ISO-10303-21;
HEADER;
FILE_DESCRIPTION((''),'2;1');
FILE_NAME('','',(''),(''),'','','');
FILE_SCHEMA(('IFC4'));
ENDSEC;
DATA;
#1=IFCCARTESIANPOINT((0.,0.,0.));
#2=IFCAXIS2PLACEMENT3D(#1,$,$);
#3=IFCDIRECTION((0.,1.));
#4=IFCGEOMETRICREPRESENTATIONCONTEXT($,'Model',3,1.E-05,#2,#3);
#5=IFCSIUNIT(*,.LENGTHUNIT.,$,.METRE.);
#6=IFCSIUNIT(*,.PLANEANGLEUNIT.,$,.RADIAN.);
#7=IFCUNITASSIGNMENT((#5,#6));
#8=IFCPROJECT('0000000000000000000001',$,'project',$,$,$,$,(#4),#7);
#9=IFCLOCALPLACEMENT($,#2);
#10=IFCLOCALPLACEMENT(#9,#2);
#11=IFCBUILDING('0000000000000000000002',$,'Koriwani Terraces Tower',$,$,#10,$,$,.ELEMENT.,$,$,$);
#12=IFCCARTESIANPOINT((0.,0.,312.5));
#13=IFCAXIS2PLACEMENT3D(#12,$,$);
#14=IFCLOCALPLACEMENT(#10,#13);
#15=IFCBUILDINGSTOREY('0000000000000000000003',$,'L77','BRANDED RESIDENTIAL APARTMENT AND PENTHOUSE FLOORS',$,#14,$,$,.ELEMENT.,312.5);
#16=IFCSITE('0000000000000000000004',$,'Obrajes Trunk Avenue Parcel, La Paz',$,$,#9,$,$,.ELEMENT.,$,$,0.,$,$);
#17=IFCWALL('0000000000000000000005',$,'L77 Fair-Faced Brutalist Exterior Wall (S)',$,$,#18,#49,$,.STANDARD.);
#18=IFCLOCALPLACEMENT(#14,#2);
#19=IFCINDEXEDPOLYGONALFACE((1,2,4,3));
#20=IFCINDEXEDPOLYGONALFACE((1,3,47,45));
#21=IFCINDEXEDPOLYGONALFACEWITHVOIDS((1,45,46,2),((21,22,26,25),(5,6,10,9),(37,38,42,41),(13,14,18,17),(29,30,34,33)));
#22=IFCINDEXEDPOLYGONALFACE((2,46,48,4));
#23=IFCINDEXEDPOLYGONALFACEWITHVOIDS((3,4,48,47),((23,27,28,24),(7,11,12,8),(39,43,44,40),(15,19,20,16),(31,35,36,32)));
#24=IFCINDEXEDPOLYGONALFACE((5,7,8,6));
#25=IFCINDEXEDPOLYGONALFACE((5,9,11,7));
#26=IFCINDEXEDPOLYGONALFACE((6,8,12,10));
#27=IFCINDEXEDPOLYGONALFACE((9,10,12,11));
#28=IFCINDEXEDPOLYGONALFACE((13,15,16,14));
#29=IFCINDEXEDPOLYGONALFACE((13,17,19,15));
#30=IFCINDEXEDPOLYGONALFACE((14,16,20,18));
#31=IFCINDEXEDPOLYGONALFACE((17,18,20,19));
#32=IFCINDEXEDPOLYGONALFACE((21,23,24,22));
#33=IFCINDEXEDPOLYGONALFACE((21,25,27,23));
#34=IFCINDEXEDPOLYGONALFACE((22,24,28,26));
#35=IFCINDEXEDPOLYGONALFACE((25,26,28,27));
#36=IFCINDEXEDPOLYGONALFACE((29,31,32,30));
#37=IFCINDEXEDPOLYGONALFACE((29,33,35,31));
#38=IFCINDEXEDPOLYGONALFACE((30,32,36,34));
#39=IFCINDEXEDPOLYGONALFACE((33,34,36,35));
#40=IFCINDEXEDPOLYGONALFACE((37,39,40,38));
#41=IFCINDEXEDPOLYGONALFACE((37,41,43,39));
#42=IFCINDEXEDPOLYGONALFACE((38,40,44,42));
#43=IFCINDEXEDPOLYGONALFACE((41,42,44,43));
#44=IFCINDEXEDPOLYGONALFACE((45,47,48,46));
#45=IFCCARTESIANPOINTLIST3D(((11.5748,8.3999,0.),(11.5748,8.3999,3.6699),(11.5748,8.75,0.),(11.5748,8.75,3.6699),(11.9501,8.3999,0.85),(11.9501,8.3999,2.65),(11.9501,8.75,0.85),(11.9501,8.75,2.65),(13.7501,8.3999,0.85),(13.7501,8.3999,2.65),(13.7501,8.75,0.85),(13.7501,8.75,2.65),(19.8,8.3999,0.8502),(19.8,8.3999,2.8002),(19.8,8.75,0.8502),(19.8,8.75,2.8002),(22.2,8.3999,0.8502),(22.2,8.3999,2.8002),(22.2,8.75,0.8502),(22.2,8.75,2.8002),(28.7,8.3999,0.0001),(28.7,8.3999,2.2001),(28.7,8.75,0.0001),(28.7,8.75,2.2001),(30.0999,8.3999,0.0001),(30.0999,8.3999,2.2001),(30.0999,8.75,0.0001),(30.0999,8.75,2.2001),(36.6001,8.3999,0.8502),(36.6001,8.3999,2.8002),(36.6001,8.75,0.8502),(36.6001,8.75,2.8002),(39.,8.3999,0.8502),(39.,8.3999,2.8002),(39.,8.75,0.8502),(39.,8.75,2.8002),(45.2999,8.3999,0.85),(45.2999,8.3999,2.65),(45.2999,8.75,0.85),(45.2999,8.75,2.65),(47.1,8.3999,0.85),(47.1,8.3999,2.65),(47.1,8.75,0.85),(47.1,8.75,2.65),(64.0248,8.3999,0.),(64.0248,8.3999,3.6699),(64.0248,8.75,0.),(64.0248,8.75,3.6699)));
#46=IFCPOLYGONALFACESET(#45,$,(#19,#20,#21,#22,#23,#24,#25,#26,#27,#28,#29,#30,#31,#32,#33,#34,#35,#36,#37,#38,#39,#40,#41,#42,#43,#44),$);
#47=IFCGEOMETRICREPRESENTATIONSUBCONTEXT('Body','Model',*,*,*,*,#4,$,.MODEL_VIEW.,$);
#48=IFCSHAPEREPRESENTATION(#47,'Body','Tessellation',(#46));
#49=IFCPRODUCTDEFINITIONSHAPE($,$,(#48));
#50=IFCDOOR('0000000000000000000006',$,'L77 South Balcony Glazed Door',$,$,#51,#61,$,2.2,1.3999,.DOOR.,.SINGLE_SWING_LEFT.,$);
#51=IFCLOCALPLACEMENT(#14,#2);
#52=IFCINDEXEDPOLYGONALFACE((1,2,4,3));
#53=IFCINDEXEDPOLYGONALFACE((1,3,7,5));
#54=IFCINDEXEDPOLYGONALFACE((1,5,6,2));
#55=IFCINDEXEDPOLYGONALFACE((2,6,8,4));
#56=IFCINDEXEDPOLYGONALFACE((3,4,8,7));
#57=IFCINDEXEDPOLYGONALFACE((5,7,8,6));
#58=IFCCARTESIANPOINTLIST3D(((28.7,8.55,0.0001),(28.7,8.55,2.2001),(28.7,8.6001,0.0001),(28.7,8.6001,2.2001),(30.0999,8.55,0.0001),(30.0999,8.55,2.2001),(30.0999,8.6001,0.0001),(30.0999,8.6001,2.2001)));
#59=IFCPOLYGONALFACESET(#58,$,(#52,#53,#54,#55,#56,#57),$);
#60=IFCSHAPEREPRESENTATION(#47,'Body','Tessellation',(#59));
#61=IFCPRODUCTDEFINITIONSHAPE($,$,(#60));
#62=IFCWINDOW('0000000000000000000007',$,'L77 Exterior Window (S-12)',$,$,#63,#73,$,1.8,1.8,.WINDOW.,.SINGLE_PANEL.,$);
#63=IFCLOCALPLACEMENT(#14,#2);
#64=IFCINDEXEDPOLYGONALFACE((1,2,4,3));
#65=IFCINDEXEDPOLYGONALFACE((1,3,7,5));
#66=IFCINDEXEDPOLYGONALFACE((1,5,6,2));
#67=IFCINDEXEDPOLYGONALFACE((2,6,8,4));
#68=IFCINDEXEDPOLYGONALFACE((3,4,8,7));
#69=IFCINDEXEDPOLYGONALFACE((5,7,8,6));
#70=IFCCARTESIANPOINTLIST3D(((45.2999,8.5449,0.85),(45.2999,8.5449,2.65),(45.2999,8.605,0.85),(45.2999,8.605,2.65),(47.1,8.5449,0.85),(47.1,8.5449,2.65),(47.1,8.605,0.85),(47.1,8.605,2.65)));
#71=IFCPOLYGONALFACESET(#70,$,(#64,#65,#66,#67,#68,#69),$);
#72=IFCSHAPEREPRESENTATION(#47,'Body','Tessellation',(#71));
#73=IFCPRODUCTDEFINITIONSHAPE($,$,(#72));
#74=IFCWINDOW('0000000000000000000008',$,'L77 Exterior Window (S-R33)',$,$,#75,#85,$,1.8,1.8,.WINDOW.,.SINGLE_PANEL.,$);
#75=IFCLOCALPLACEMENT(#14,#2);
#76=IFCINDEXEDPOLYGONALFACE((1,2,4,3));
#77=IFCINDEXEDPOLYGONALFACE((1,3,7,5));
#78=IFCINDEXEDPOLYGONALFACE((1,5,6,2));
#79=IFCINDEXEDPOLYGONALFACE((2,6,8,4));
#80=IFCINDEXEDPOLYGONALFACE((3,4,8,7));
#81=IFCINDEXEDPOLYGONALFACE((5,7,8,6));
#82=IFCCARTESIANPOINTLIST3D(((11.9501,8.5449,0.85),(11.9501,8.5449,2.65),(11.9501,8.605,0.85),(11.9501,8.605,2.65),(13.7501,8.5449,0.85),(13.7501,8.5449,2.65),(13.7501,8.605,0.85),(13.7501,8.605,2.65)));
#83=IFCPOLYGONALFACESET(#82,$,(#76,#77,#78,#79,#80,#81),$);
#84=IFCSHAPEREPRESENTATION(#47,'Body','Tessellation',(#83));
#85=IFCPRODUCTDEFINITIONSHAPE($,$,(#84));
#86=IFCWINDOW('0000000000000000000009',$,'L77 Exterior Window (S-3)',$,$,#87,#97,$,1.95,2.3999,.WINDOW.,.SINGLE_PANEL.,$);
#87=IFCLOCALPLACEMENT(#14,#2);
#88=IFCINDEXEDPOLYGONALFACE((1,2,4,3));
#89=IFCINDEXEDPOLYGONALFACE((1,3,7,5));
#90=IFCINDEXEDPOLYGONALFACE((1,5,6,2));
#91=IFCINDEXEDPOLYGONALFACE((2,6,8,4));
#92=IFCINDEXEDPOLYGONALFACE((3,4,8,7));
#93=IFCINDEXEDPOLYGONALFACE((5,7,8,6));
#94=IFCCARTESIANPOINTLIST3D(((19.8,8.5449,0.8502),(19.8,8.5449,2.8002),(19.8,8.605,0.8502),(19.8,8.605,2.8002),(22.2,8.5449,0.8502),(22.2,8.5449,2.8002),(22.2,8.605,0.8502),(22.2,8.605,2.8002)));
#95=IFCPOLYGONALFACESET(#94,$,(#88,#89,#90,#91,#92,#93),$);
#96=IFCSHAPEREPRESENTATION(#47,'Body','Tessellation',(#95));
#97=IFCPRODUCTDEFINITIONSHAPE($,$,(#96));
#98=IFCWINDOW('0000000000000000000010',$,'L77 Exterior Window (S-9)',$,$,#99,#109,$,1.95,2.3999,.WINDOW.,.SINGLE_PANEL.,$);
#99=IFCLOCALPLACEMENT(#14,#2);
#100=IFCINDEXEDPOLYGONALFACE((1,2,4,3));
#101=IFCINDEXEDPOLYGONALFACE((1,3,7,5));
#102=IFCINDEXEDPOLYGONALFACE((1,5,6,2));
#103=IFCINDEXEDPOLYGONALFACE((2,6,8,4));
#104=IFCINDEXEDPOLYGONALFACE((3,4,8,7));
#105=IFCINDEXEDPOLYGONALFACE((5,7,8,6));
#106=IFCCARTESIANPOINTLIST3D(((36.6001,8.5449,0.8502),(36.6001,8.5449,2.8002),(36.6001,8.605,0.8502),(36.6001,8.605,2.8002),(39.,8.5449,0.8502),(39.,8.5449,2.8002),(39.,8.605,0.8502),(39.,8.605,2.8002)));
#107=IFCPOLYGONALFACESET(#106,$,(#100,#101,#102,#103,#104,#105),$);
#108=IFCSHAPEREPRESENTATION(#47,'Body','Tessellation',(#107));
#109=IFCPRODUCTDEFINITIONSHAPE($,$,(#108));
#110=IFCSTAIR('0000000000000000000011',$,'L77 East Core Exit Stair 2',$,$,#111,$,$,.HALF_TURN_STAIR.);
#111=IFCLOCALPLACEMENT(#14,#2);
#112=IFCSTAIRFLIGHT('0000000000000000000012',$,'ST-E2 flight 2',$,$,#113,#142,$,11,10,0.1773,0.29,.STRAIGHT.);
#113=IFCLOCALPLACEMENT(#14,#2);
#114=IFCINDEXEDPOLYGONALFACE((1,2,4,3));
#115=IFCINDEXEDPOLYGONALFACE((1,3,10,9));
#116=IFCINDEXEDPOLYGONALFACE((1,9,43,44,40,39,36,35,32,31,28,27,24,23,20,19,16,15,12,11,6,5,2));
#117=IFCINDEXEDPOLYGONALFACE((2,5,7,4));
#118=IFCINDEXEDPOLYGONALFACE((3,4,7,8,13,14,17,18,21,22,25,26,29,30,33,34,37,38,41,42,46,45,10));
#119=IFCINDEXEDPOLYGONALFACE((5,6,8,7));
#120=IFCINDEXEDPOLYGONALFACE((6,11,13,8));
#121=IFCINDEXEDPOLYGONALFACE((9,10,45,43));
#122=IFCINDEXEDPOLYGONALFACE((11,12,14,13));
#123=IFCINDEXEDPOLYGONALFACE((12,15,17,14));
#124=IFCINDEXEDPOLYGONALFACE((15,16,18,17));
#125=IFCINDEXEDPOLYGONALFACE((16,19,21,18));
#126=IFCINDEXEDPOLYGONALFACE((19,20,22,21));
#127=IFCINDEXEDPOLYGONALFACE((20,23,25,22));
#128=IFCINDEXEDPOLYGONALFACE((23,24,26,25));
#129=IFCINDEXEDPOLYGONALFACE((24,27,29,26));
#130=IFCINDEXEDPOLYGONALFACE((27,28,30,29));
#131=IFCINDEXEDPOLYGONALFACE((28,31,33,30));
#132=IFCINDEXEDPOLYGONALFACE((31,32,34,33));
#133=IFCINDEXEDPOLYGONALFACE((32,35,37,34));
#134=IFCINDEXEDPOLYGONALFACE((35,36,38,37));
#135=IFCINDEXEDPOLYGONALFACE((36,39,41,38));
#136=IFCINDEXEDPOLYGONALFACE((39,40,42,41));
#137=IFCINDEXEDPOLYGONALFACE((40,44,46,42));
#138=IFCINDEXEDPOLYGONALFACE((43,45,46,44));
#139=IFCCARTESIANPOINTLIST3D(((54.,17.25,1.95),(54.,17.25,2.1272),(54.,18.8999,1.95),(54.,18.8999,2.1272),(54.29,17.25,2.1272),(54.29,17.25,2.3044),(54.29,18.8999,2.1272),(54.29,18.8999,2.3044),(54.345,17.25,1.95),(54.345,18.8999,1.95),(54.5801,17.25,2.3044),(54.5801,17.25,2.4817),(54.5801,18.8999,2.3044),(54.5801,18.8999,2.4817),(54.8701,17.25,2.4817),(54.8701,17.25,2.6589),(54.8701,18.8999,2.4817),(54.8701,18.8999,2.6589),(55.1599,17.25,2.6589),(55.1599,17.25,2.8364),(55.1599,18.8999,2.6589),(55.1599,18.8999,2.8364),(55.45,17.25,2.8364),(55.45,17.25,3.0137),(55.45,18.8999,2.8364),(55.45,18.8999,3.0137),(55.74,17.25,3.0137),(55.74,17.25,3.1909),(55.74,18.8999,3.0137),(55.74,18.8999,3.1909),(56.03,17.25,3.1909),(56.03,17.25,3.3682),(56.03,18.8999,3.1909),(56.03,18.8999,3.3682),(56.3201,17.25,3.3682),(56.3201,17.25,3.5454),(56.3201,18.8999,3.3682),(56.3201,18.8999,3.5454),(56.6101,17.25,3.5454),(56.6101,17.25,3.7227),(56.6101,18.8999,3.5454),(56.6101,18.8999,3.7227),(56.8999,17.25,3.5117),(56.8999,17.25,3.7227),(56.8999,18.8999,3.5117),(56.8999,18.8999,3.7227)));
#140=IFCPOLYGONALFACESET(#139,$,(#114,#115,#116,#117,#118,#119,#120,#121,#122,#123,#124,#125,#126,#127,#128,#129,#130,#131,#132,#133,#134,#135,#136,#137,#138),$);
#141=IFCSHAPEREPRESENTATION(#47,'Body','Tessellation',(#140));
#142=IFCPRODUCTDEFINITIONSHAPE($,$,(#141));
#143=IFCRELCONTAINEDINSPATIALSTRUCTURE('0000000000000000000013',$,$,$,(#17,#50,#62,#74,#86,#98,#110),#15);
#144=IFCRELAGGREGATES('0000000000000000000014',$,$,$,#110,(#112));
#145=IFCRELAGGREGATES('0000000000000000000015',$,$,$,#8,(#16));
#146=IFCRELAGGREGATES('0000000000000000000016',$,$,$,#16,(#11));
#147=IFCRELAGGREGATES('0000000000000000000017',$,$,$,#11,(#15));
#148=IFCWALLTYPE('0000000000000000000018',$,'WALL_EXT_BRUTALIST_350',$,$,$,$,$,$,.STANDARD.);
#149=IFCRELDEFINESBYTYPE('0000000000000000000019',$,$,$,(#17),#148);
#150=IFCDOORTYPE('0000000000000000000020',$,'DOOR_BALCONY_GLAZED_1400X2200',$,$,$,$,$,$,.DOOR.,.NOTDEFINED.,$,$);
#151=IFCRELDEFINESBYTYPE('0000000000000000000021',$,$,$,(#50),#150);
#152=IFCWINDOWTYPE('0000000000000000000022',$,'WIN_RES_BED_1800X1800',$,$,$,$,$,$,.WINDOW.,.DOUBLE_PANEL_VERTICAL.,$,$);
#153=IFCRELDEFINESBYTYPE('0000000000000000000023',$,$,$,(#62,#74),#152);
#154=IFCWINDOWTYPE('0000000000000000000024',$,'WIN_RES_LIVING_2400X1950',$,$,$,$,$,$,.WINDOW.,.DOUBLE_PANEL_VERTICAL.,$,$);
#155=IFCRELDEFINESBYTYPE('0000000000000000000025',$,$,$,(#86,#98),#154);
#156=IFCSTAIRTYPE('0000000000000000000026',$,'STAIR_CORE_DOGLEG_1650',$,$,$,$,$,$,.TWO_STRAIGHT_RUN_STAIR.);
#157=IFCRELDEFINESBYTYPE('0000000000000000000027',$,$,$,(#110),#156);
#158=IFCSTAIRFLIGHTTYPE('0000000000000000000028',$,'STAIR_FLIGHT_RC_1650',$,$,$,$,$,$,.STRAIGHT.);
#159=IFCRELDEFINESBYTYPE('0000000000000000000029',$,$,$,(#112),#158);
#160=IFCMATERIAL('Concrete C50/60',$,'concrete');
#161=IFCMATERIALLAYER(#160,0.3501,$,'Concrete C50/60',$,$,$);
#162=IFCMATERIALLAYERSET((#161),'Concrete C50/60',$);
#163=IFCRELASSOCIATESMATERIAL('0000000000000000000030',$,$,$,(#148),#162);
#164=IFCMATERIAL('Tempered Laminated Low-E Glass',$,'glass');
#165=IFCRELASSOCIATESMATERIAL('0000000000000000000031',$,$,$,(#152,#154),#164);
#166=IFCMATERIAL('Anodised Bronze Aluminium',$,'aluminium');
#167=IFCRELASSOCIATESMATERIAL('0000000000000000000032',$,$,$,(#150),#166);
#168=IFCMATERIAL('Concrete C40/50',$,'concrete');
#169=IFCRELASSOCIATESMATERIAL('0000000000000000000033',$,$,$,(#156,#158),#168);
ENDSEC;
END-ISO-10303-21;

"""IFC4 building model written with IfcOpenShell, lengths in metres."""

from ifc_helpers import new_model, si_unit, direction, frame, frame_2d, origin, place, context, subcontext, project, spatial, polyline, rectangle, outline, extrude, material, layer, layer_set, type_object, element, fill, aggregate, save


model = new_model("IFC4")

# Units and contexts
model_context = context("Model", 3, precision=1e-05, world=origin(), true_north=direction((0.0, 1.0)))
body_context = subcontext(model_context, "Body", "Model", "MODEL_VIEW")
ifc_project = project(units=[si_unit("LENGTHUNIT", "METRE"), si_unit("PLANEANGLEUNIT", "RADIAN")], contexts=[model_context])

# Site, building, storey
site_placement = place(None, origin())
site = spatial("IfcSite", under=ifc_project, at=site_placement, Name="Obrajes Trunk Avenue Parcel, La Paz", CompositionType="ELEMENT", RefElevation=0.0)
building_placement = place(site_placement, origin())
building = spatial("IfcBuilding", under=site, at=building_placement, Name="Koriwani Terraces Tower", CompositionType="ELEMENT")
storey_placement = place(building_placement, frame((0.0, 0.0, 312.5)))
storey = spatial("IfcBuildingStorey", under=building, at=storey_placement, Name="L77", Description="BRANDED RESIDENTIAL APARTMENT AND PENTHOUSE FLOORS", CompositionType="ELEMENT", Elevation=312.5)

# Shared definitions
ifc_material_1 = material(Name="Concrete C50/60", Category="concrete")

# Shared definitions
ifc_material_2 = material(Name="Concrete C40/50", Category="concrete")

# Shared definitions
ifc_layer_1 = layer(ifc_material_1, 0.3501, Name="Concrete C50/60")
ifc_layer_set_1 = layer_set([ifc_layer_1], Name="Concrete C50/60")
wall_type_1 = type_object("IfcWallType", Name="WALL_EXT_BRUTALIST_350", PredefinedType="STANDARD", material=ifc_layer_set_1)
ifc_material_3 = material(Name="Tempered Laminated Low-E Glass", Category="glass")
window_type_1 = type_object("IfcWindowType", Name="WIN_RES_BED_1800X1800", PartitioningType="DOUBLE_PANEL_VERTICAL", PredefinedType="WINDOW", material=ifc_material_3)

# Wall, openings, door, windows
wall_1_placement = place(storey_placement, frame((64.0249, 8.575, 0.0), z_axis=(0.0, 0.0, 1.0), x_axis=(-1.0, 0.0, 0.0)))
wall_1 = element("IfcWall", 1, at=wall_1_placement, inside=storey, type_object=wall_type_1, Name="L77 Fair-Faced Brutalist Exterior Wall (S)", PredefinedType="STANDARD", context=body_context, shape_type="SweptSolid", body=[
    extrude(rectangle(XDim=52.45, YDim=0.3501, at=frame_2d((26.2251, 0.0))), origin(), (0.0, 0.0, 1.0), 3.6699),
])
opening_1_placement = place(wall_1_placement, frame((33.925, 0.0, 0.0)))
opening_1 = element("IfcOpeningElement", 2, at=opening_1_placement, cuts=wall_1, PredefinedType="OPENING", context=body_context, shape_type="SweptSolid", body=[
    extrude(rectangle(XDim=1.3999, YDim=2.2, at=frame_2d((0.7, 1.1001))), frame((0.0, 0.1851, 0.0), z_axis=(0.0, -1.0, 0.0), x_axis=(1.0, 0.0, 0.0)), (0.0, 0.0, 1.0), 0.3701),
])
opening_2_placement = place(wall_1_placement, frame((41.825, 0.0, 0.8501)))
opening_2 = element("IfcOpeningElement", 3, at=opening_2_placement, cuts=wall_1, PredefinedType="OPENING", context=body_context, shape_type="SweptSolid", body=[
    extrude(rectangle(XDim=2.3999, YDim=1.95, at=frame_2d((1.2, 0.9751))), frame((0.0, 0.1851, 0.0), z_axis=(0.0, -1.0, 0.0), x_axis=(1.0, 0.0, 0.0)), (0.0, 0.0, 1.0), 0.3701),
])
opening_3_placement = place(wall_1_placement, frame((25.0249, 0.0, 0.8501)))
opening_3 = element("IfcOpeningElement", 4, at=opening_3_placement, cuts=wall_1, PredefinedType="OPENING", context=body_context, shape_type="SweptSolid", body=[
    extrude(rectangle(XDim=2.3999, YDim=1.95, at=frame_2d((1.2, 0.9751))), frame((0.0, 0.1851, 0.0), z_axis=(0.0, -1.0, 0.0), x_axis=(1.0, 0.0, 0.0)), (0.0, 0.0, 1.0), 0.3701),
])
opening_4_placement = place(wall_1_placement, frame((16.925, 0.0, 0.8501)))
opening_4 = element("IfcOpeningElement", 5, at=opening_4_placement, cuts=wall_1, PredefinedType="OPENING", context=body_context, shape_type="SweptSolid", body=[
    extrude(rectangle(XDim=1.8, YDim=1.8, at=frame_2d((0.8999, 0.8999))), frame((0.0, 0.1851, 0.0), z_axis=(0.0, -1.0, 0.0), x_axis=(1.0, 0.0, 0.0)), (0.0, 0.0, 1.0), 0.3701),
])
opening_5_placement = place(wall_1_placement, frame((50.2749, 0.0, 0.8501)))
opening_5 = element("IfcOpeningElement", 6, at=opening_5_placement, cuts=wall_1, PredefinedType="OPENING", context=body_context, shape_type="SweptSolid", body=[
    extrude(rectangle(XDim=1.8, YDim=1.8, at=frame_2d((0.8999, 0.8999))), frame((0.0, 0.1851, 0.0), z_axis=(0.0, -1.0, 0.0), x_axis=(1.0, 0.0, 0.0)), (0.0, 0.0, 1.0), 0.3701),
])
ifc_material_4 = material(Name="Anodised Bronze Aluminium", Category="aluminium")
door_type_1 = type_object("IfcDoorType", Name="DOOR_BALCONY_GLAZED_1400X2200", OperationType="NOTDEFINED", PredefinedType="DOOR", material=ifc_material_4)
door_1_placement = place(opening_1_placement, origin())
door_1 = element("IfcDoor", 7, at=door_1_placement, inside=storey, type_object=door_type_1, Name="L77 South Balcony Glazed Door", OperationType="SINGLE_SWING_LEFT", OverallHeight=2.2, OverallWidth=1.3999, PredefinedType="DOOR", context=body_context, shape_type="SweptSolid", body=[
    extrude(rectangle(XDim=1.3999, YDim=2.2, at=frame_2d((0.7, 1.1001))), frame((0.0, 0.0249, 0.0), z_axis=(0.0, -1.0, 0.0), x_axis=(1.0, 0.0, 0.0)), (0.0, 0.0, 1.0), 0.05),
])
fill(opening_1, door_1)
window_1_placement = place(opening_4_placement, origin())
window_1 = element("IfcWindow", 8, at=window_1_placement, inside=storey, type_object=window_type_1, Name="L77 Exterior Window (S-12)", OverallHeight=1.8, OverallWidth=1.8, PartitioningType="SINGLE_PANEL", PredefinedType="WINDOW", context=body_context, shape_type="SweptSolid", body=[
    extrude(rectangle(XDim=1.8, YDim=1.8, at=frame_2d((0.8999, 0.8999))), frame((0.0, 0.03, 0.0), z_axis=(0.0, -1.0, 0.0), x_axis=(1.0, 0.0, 0.0)), (0.0, 0.0, 1.0), 0.0601),
])
fill(opening_4, window_1)
window_2_placement = place(opening_5_placement, origin())
window_2 = element("IfcWindow", 9, at=window_2_placement, inside=storey, type_object=window_type_1, Name="L77 Exterior Window (S-R33)", OverallHeight=1.8, OverallWidth=1.8, PartitioningType="SINGLE_PANEL", PredefinedType="WINDOW", context=body_context, shape_type="SweptSolid", body=[
    extrude(rectangle(XDim=1.8, YDim=1.8, at=frame_2d((0.8999, 0.8999))), frame((0.0, 0.03, 0.0), z_axis=(0.0, -1.0, 0.0), x_axis=(1.0, 0.0, 0.0)), (0.0, 0.0, 1.0), 0.0601),
])
fill(opening_5, window_2)
window_type_2 = type_object("IfcWindowType", Name="WIN_RES_LIVING_2400X1950", PartitioningType="DOUBLE_PANEL_VERTICAL", PredefinedType="WINDOW", material=ifc_material_3)
window_3_placement = place(opening_2_placement, origin())
window_3 = element("IfcWindow", 10, at=window_3_placement, inside=storey, type_object=window_type_2, Name="L77 Exterior Window (S-3)", OverallHeight=1.95, OverallWidth=2.3999, PartitioningType="SINGLE_PANEL", PredefinedType="WINDOW", context=body_context, shape_type="SweptSolid", body=[
    extrude(rectangle(XDim=2.3999, YDim=1.95, at=frame_2d((1.2, 0.9751))), frame((0.0, 0.03, 0.0), z_axis=(0.0, -1.0, 0.0), x_axis=(1.0, 0.0, 0.0)), (0.0, 0.0, 1.0), 0.0601),
])
fill(opening_2, window_3)
window_4_placement = place(opening_3_placement, origin())
window_4 = element("IfcWindow", 11, at=window_4_placement, inside=storey, type_object=window_type_2, Name="L77 Exterior Window (S-9)", OverallHeight=1.95, OverallWidth=2.3999, PartitioningType="SINGLE_PANEL", PredefinedType="WINDOW", context=body_context, shape_type="SweptSolid", body=[
    extrude(rectangle(XDim=2.3999, YDim=1.95, at=frame_2d((1.2, 0.9751))), frame((0.0, 0.03, 0.0), z_axis=(0.0, -1.0, 0.0), x_axis=(1.0, 0.0, 0.0)), (0.0, 0.0, 1.0), 0.0601),
])
fill(opening_3, window_4)

# Stair, stair flight
stair_type = type_object("IfcStairType", Name="STAIR_CORE_DOGLEG_1650", PredefinedType="TWO_STRAIGHT_RUN_STAIR", material=ifc_material_2)
stair_placement = place(storey_placement, origin())
stair = element("IfcStair", 12, at=stair_placement, inside=storey, type_object=stair_type, Name="L77 East Core Exit Stair 2", PredefinedType="HALF_TURN_STAIR")
stair_flight_type = type_object("IfcStairFlightType", Name="STAIR_FLIGHT_RC_1650", PredefinedType="STRAIGHT", material=ifc_material_2)
stair_flight_placement = place(storey_placement, frame((54.0, 18.075, 1.95), z_axis=(0.0, 0.0, 1.0), x_axis=(1.0, 0.0, 0.0)))
stair_flight = element("IfcStairFlight", 13, at=stair_flight_placement, type_object=stair_flight_type, Name="ST-E2 flight 2", NumberOfRisers=11, NumberOfTreads=10, PredefinedType="STRAIGHT", RiserHeight=0.1773, TreadLength=0.29, context=body_context, shape_type="SweptSolid", body=[
    extrude(outline(polyline([(0.0, 0.0), (0.0, 0.1772), (0.29, 0.1772), (0.29, 0.3545), (0.5801, 0.3545), (0.5801, 0.5317), (0.8701, 0.5317), (0.8701, 0.709), (1.1599, 0.709), (1.1599, 0.8865), (1.45, 0.8865), (1.45, 1.0637), (1.74, 1.0637), (1.74, 1.241), (2.03, 1.241), (2.03, 1.4182), (2.3201, 1.4182), (2.3201, 1.5955), (2.6101, 1.5955), (2.6101, 1.7727), (2.8999, 1.7727), (2.8999, 1.95), (2.8999, 1.5618), (0.345, 0.0), (0.0, 0.0)])), frame((0.0, 0.825, 0.0), z_axis=(0.0, -1.0, 0.0), x_axis=(1.0, 0.0, 0.0)), (0.0, 0.0, 1.0), 1.6499),
])
aggregate(stair, [stair_flight])

save(model, "model.ifc")
